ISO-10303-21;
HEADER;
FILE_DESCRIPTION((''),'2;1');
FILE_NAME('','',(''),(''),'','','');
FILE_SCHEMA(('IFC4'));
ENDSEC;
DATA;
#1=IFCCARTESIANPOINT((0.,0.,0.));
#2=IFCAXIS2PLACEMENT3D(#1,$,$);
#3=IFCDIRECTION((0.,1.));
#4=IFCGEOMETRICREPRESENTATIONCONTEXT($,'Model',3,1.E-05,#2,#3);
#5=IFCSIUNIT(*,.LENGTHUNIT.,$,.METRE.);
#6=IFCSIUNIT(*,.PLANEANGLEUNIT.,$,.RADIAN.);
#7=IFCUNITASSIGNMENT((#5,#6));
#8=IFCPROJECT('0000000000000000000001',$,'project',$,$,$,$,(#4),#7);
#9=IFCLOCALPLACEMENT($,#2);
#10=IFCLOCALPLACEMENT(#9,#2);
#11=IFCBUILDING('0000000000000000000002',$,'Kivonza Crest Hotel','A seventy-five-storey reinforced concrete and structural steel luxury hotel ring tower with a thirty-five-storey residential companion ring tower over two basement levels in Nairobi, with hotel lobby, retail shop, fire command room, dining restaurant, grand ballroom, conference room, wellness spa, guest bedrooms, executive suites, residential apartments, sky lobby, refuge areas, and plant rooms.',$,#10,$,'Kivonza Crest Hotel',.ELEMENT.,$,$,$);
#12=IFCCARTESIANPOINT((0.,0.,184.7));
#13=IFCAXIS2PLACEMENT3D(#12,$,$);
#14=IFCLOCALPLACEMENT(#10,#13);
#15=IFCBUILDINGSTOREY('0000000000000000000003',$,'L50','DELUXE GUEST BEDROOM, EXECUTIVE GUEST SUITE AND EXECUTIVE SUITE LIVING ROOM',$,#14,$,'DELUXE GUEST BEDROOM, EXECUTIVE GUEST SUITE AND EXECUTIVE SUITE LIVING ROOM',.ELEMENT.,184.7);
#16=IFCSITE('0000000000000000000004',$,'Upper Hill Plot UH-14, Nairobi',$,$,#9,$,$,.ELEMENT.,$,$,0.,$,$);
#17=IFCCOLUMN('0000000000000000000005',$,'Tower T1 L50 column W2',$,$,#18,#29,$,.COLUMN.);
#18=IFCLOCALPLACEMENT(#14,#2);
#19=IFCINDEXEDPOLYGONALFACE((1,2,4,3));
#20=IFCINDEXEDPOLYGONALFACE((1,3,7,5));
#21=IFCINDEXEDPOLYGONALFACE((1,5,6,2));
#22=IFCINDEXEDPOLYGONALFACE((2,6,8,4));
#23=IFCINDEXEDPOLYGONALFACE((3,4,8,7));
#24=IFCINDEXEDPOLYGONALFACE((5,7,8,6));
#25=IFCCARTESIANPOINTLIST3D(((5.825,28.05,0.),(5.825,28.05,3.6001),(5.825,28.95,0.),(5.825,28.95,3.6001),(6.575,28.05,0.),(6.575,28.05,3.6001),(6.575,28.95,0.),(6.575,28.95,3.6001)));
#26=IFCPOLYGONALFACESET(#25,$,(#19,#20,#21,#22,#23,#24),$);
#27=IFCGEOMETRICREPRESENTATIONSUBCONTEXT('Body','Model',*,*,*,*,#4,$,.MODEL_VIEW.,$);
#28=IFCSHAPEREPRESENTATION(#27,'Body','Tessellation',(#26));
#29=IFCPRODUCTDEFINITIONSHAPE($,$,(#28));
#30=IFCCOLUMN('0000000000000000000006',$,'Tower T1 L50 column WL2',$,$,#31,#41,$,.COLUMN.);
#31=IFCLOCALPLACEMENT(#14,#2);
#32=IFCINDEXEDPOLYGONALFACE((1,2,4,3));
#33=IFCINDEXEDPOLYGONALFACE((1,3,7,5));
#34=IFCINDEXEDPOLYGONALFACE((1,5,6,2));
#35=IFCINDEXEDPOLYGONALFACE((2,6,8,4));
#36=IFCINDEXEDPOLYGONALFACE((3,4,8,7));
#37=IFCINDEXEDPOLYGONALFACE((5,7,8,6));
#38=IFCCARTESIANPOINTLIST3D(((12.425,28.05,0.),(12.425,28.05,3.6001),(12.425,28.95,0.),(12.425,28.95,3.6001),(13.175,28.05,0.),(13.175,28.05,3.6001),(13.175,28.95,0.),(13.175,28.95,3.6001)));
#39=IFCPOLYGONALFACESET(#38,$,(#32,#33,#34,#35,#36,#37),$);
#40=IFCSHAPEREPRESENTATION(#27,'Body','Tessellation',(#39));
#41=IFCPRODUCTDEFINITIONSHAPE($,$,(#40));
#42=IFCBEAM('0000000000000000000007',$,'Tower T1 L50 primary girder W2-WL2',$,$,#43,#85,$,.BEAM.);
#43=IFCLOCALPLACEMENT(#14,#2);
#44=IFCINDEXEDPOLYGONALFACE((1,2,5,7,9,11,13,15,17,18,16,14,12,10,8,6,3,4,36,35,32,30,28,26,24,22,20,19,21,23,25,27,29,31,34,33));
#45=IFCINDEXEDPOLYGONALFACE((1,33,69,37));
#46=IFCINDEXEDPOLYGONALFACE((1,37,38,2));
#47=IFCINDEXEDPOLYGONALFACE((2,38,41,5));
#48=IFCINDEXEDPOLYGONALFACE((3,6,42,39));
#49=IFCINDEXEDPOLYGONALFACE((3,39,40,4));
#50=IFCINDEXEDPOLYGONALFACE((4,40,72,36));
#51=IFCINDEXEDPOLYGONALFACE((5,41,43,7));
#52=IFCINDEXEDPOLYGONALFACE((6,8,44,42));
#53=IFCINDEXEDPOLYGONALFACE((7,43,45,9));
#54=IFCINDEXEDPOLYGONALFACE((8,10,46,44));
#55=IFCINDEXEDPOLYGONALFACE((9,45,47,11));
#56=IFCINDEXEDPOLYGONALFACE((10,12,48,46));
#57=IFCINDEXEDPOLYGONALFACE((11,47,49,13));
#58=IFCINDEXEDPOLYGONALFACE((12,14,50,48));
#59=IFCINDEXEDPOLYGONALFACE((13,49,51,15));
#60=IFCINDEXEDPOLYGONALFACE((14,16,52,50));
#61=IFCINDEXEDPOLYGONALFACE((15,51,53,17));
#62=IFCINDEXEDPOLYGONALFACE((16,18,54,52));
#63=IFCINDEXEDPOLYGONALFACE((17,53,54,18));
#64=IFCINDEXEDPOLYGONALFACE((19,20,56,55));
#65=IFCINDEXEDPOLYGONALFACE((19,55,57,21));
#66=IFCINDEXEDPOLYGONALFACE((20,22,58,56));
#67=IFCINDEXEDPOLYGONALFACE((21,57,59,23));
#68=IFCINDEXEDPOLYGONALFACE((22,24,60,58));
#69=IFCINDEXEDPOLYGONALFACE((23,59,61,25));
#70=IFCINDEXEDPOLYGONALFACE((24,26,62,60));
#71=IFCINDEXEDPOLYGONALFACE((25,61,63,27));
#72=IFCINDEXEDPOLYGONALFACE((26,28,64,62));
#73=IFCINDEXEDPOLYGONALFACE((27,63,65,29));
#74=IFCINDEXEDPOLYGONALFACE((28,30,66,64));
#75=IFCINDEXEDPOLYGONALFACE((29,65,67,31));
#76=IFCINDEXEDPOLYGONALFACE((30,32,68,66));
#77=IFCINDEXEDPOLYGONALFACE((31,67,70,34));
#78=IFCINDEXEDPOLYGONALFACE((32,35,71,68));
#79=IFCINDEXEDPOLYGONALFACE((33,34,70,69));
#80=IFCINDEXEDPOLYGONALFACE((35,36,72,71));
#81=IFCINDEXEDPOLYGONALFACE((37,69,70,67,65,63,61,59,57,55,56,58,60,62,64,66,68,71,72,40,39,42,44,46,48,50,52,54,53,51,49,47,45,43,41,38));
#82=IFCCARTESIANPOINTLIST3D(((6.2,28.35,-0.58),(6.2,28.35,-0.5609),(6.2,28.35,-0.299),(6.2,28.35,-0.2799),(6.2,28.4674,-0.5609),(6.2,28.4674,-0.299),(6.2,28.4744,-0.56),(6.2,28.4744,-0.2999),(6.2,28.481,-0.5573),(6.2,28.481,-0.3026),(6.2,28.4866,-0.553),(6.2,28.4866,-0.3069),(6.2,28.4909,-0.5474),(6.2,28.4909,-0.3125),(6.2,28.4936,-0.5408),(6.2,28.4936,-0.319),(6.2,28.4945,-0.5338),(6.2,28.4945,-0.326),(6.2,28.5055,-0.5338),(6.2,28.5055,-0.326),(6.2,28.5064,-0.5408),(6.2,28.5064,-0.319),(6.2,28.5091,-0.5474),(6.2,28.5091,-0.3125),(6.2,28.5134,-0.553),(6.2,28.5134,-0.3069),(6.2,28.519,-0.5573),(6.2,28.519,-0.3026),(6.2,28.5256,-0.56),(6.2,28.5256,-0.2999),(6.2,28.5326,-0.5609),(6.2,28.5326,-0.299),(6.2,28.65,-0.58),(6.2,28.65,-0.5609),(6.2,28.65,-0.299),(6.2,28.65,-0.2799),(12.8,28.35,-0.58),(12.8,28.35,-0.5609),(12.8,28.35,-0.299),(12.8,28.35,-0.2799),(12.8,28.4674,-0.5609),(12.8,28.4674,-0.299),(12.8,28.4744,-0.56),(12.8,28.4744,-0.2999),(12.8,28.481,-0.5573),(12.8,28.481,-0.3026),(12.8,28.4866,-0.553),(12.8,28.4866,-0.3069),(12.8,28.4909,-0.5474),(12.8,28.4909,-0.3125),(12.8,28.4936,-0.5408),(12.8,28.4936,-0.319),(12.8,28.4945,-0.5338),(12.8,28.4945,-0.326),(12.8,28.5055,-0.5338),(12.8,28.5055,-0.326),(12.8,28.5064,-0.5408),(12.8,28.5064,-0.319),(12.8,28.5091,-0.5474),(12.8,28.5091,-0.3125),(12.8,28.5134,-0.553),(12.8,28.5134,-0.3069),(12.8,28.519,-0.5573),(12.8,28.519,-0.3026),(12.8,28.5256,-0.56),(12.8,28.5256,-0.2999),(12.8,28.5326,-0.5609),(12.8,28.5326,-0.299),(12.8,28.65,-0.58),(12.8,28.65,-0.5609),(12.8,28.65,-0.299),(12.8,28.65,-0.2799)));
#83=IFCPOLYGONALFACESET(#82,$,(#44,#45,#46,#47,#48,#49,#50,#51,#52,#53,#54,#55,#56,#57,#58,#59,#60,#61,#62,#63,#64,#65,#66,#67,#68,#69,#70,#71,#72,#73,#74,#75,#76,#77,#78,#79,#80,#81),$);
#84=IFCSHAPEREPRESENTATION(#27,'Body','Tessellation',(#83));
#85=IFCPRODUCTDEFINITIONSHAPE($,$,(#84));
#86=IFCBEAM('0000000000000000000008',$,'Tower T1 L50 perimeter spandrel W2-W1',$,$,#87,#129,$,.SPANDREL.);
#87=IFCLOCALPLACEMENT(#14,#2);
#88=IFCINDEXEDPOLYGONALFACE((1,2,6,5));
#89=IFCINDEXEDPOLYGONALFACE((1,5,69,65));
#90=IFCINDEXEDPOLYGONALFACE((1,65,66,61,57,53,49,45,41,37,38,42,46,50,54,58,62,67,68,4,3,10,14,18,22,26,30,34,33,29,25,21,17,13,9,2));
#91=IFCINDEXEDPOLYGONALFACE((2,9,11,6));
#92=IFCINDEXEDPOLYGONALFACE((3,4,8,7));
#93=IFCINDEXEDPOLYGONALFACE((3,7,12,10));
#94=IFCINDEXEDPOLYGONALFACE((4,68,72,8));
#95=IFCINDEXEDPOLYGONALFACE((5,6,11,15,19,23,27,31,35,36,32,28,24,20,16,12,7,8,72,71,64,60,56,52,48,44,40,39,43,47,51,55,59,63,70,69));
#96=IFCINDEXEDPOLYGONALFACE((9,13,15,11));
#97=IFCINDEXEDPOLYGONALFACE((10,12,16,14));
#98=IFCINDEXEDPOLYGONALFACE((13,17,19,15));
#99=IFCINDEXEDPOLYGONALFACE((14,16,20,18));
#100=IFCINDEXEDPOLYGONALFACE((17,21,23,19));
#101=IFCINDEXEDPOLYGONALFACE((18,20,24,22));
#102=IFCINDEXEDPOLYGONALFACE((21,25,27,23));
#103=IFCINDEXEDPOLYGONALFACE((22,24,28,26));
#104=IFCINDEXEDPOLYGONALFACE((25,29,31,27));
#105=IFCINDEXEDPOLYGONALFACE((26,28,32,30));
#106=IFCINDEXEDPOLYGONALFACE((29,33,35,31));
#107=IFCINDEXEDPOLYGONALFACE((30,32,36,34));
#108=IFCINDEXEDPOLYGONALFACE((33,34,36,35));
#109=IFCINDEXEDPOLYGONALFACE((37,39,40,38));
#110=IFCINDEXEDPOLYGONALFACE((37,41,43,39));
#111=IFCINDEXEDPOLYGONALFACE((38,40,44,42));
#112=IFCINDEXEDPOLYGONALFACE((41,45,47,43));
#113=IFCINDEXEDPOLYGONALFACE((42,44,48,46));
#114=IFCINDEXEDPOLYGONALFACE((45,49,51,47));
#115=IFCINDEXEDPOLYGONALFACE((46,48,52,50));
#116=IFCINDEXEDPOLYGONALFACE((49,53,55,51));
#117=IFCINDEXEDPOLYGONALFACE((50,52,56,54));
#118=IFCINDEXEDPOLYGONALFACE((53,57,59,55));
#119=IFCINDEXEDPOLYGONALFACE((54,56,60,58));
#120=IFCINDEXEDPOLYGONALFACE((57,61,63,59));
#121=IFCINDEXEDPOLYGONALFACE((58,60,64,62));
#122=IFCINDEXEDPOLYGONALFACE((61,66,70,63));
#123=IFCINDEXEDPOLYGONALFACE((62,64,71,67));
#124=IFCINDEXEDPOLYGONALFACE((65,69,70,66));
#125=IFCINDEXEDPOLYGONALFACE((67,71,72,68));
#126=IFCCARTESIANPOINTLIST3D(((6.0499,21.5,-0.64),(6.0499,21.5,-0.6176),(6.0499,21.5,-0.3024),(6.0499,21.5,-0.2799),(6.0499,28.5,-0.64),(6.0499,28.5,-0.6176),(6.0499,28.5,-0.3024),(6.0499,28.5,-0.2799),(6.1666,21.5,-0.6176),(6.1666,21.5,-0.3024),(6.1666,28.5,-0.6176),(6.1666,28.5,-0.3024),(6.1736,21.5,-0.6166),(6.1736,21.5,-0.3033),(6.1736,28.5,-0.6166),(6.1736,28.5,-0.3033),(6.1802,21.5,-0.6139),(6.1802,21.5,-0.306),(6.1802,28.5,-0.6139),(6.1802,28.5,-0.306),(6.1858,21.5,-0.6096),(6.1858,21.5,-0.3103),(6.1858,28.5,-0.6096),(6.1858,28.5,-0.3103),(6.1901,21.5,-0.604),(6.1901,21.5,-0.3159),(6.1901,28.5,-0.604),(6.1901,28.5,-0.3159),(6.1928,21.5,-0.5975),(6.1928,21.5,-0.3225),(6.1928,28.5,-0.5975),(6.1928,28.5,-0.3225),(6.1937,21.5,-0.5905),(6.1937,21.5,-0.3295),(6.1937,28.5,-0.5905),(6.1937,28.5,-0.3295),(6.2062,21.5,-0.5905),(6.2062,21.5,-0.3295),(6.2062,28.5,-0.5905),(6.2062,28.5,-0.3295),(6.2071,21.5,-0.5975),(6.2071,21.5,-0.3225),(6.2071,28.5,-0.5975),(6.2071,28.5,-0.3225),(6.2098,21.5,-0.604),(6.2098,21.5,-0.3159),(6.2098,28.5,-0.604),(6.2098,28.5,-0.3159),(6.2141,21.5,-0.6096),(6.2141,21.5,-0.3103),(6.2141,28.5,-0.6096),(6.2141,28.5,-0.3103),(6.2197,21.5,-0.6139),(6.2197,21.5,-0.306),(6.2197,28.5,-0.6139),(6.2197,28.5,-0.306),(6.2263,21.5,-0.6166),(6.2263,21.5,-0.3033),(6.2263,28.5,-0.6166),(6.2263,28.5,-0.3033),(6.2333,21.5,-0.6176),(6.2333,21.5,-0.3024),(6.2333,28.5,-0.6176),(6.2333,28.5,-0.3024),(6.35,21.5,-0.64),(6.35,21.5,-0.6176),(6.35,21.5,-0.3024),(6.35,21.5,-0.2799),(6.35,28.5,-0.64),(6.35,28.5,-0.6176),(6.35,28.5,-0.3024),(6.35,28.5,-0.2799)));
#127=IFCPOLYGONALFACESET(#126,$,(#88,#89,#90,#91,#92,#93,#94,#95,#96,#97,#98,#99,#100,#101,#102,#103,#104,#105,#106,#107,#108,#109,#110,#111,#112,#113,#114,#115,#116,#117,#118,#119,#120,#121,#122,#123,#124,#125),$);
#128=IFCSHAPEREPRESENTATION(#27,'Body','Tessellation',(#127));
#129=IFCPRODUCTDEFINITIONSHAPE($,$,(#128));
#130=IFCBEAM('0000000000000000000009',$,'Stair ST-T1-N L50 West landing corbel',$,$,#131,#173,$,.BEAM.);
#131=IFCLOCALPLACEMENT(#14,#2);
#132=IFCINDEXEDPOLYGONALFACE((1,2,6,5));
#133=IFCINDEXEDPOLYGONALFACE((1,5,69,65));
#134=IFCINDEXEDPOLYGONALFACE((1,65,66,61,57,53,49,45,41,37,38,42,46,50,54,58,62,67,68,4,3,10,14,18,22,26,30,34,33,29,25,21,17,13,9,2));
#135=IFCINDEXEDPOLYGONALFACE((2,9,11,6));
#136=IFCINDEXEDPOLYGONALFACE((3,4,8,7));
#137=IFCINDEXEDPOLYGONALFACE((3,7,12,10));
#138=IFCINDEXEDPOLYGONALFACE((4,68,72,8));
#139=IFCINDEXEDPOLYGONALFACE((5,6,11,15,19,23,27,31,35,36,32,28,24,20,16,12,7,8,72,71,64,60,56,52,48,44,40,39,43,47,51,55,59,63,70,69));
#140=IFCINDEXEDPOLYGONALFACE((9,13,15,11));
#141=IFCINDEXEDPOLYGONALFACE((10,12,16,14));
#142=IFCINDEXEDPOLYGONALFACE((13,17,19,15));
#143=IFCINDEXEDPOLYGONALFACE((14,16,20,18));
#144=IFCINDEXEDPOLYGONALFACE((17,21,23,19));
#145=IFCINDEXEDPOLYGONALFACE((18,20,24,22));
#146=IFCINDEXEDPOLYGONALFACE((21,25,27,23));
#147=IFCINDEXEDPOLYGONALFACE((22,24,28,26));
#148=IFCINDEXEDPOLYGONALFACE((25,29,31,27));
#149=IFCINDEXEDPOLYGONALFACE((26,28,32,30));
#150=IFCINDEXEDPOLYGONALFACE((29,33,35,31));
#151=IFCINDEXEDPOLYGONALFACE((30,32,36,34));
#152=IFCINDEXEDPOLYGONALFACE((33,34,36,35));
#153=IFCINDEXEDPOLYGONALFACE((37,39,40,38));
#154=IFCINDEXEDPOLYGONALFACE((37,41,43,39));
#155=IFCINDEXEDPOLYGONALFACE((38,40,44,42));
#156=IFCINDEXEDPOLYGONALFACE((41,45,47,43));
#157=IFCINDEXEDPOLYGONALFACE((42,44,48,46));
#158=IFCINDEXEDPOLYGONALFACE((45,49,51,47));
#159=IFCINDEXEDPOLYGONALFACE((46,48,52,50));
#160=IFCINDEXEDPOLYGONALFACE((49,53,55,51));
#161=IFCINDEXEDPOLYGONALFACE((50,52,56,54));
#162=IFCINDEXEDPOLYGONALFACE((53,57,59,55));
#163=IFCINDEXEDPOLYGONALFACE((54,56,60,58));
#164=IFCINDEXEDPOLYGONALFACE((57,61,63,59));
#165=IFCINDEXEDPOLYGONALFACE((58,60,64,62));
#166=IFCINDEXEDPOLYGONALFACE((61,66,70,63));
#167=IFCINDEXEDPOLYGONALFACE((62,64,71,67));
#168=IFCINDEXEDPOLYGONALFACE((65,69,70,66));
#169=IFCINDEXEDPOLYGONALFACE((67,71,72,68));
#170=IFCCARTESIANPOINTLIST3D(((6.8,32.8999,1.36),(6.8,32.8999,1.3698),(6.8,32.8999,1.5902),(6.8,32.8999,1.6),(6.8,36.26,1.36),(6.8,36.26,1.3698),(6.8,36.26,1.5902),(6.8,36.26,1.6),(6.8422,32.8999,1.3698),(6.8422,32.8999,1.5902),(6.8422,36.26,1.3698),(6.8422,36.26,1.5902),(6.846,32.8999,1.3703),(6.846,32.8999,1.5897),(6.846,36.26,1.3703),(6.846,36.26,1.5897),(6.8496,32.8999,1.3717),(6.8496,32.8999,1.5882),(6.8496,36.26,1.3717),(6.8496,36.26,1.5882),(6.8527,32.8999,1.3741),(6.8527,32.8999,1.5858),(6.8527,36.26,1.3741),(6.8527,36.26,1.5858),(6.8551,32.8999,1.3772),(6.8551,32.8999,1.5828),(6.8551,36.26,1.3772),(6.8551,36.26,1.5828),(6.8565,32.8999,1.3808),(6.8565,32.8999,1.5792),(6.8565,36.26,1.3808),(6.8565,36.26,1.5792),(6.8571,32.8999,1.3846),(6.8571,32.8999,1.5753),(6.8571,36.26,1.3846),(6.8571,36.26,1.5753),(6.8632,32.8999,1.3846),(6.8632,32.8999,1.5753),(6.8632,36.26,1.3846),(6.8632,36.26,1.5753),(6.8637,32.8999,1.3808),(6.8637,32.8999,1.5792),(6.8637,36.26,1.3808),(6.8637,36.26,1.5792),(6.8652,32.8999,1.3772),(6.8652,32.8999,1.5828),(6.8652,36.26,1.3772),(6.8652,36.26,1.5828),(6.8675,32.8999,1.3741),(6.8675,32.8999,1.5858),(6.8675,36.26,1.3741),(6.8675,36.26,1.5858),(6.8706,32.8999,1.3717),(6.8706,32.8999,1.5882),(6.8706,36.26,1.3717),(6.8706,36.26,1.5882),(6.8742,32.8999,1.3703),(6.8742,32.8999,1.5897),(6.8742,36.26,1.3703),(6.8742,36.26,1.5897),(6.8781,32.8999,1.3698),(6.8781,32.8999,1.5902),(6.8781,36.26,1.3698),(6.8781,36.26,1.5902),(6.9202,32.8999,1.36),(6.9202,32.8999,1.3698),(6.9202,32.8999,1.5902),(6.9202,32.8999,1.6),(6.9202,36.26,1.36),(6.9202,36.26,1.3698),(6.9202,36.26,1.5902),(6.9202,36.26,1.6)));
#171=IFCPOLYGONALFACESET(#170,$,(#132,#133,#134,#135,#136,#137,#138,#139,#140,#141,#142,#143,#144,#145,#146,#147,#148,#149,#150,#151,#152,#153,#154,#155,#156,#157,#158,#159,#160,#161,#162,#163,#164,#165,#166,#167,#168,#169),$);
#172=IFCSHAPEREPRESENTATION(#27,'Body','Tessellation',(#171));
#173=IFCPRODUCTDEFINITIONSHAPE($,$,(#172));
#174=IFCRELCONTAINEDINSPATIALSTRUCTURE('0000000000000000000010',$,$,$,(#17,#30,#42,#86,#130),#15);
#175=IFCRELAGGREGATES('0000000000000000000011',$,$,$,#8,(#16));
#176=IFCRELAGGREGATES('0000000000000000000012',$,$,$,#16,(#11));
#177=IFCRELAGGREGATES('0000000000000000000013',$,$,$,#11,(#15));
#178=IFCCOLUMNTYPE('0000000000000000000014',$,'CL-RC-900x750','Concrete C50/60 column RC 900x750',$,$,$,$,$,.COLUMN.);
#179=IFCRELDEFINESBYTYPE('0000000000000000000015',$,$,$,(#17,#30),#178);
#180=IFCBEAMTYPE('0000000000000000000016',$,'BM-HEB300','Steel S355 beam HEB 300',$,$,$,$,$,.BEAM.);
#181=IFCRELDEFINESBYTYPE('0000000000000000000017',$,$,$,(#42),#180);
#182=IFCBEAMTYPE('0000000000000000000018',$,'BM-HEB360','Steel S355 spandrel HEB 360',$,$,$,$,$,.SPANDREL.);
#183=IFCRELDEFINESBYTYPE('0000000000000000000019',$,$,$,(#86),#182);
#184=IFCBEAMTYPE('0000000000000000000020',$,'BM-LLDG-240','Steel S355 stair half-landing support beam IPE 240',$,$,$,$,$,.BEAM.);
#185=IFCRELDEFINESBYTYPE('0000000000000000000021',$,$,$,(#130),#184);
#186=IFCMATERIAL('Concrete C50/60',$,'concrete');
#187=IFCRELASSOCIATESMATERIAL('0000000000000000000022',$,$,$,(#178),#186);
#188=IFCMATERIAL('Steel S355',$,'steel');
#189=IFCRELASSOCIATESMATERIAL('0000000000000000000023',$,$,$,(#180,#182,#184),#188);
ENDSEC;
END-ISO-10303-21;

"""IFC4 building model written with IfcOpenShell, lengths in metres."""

from ifc_helpers import new_model, si_unit, direction, frame, origin, origin_2d, place, context, subcontext, project, spatial, rectangle, i_section, extrude, material, material_profile, profile_set, type_object, element, save


model = new_model("IFC4")

# Units and contexts
model_context = context("Model", 3, precision=1e-05, world=origin(), true_north=direction((0.0, 1.0)))
body_context = subcontext(model_context, "Body", "Model", "MODEL_VIEW")
ifc_project = project(units=[si_unit("LENGTHUNIT", "METRE"), si_unit("PLANEANGLEUNIT", "RADIAN")], contexts=[model_context])

# Site, building, storey
site_placement = place(None, origin())
site = spatial("IfcSite", under=ifc_project, at=site_placement, Name="Upper Hill Plot UH-14, Nairobi", CompositionType="ELEMENT", RefElevation=0.0)
building_placement = place(site_placement, origin())
building = spatial("IfcBuilding", under=site, at=building_placement, Name="Kivonza Crest Hotel", Description="A seventy-five-storey reinforced concrete and structural steel luxury hotel ring tower with a thirty-five-storey residential companion ring tower over two basement levels in Nairobi, with hotel lobby, retail shop, fire command room, dining restaurant, grand ballroom, conference room, wellness spa, guest bedrooms, executive suites, residential apartments, sky lobby, refuge areas, and plant rooms.", LongName="Kivonza Crest Hotel", CompositionType="ELEMENT")
storey_placement = place(building_placement, frame((0.0, 0.0, 184.7)))
storey = spatial("IfcBuildingStorey", under=building, at=storey_placement, Name="L50", Description="DELUXE GUEST BEDROOM, EXECUTIVE GUEST SUITE AND EXECUTIVE SUITE LIVING ROOM", LongName="DELUXE GUEST BEDROOM, EXECUTIVE GUEST SUITE AND EXECUTIVE SUITE LIVING ROOM", CompositionType="ELEMENT", Elevation=184.7)

# Columns
ifc_material_1 = material(Name="Concrete C50/60", Category="concrete")
ifc_material_profile_1 = material_profile(ifc_material_1, rectangle(XDim=0.75, YDim=0.8999, at=origin_2d()), Name="RC 900x750")
ifc_profile_set_1 = profile_set([ifc_material_profile_1], Name="Concrete C50/60")
column_type = type_object("IfcColumnType", Name="CL-RC-900x750", Description="Concrete C50/60 column RC 900x750", PredefinedType="COLUMN", material=ifc_profile_set_1)
for number, where, z_axis, x_axis, name in (
    (1, (6.2, 28.5, 0.0), (0.0, 0.0, 1.0), (1.0, 0.0, 0.0), "Tower T1 L50 column W2"),
    (2, (12.8, 28.5, 0.0), (0.0, 0.0, 1.0), (1.0, 0.0, 0.0), "Tower T1 L50 column WL2"),
):
    element("IfcColumn", number, at=place(storey_placement, frame(where, z_axis=z_axis, x_axis=x_axis)), inside=storey, type_object=column_type, Name=name, PredefinedType="COLUMN", context=body_context, shape_type="SweptSolid", body=[
        extrude(rectangle(XDim=0.75, YDim=0.8999, at=origin_2d()), origin(), (0.0, 0.0, 1.0), 3.6001),
    ])

# Beams
ifc_material_2 = material(Name="Steel S355", Category="steel")
ifc_material_profile_2 = material_profile(ifc_material_2, i_section(OverallWidth=0.3, OverallDepth=0.3, WebThickness=0.011, FlangeThickness=0.019, FilletRadius=0.0271, at=origin_2d()), Name="HEB 300")
ifc_profile_set_2 = profile_set([ifc_material_profile_2], Name="Steel S355")
beam_type_1 = type_object("IfcBeamType", Name="BM-HEB300", Description="Steel S355 beam HEB 300", PredefinedType="BEAM", material=ifc_profile_set_2)
beam_1_placement = place(storey_placement, frame((6.2, 28.5, -0.4299), z_axis=(1.0, 0.0, 0.0), x_axis=(0.0, 1.0, 0.0)))
element("IfcBeam", 3, at=beam_1_placement, inside=storey, type_object=beam_type_1, Name="Tower T1 L50 primary girder W2-WL2", PredefinedType="BEAM", context=body_context, shape_type="SweptSolid", body=[
    extrude(i_section(OverallWidth=0.3, OverallDepth=0.3, WebThickness=0.011, FlangeThickness=0.019, FilletRadius=0.0271, at=origin_2d()), origin(), (0.0, 0.0, 1.0), 6.6001),
])
ifc_material_profile_3 = material_profile(ifc_material_2, i_section(OverallWidth=0.3, OverallDepth=0.3601, WebThickness=0.0125, FlangeThickness=0.0225, FilletRadius=0.0271, at=origin_2d()), Name="HEB 360")
ifc_profile_set_3 = profile_set([ifc_material_profile_3], Name="Steel S355")
beam_type_2 = type_object("IfcBeamType", Name="BM-HEB360", Description="Steel S355 spandrel HEB 360", PredefinedType="SPANDREL", material=ifc_profile_set_3)
beam_2_placement = place(storey_placement, frame((6.2, 28.5, -0.46), z_axis=(0.0, -1.0, 0.0), x_axis=(1.0, 0.0, 0.0)))
element("IfcBeam", 4, at=beam_2_placement, inside=storey, type_object=beam_type_2, Name="Tower T1 L50 perimeter spandrel W2-W1", PredefinedType="SPANDREL", context=body_context, shape_type="SweptSolid", body=[
    extrude(i_section(OverallWidth=0.3, OverallDepth=0.3601, WebThickness=0.0125, FlangeThickness=0.0225, FilletRadius=0.0271, at=origin_2d()), origin(), (0.0, 0.0, 1.0), 7.0),
])
ifc_material_profile_4 = material_profile(ifc_material_2, i_section(OverallWidth=0.1201, OverallDepth=0.24, WebThickness=0.0061, FlangeThickness=0.0098, FilletRadius=0.0149, at=origin_2d()), Name="IPE 240")
ifc_profile_set_4 = profile_set([ifc_material_profile_4], Name="Steel S355")
beam_type_3 = type_object("IfcBeamType", Name="BM-LLDG-240", Description="Steel S355 stair half-landing support beam IPE 240", PredefinedType="BEAM", material=ifc_profile_set_4)
beam_3_placement = place(storey_placement, frame((6.8601, 32.8999, 1.48), z_axis=(0.0, 1.0, 0.0), x_axis=(-1.0, 0.0, 0.0)))
element("IfcBeam", 5, at=beam_3_placement, inside=storey, type_object=beam_type_3, Name="Stair ST-T1-N L50 West landing corbel", PredefinedType="BEAM", context=body_context, shape_type="SweptSolid", body=[
    extrude(i_section(OverallWidth=0.1201, OverallDepth=0.24, WebThickness=0.0061, FlangeThickness=0.0098, FilletRadius=0.0149, at=origin_2d()), origin(), (0.0, 0.0, 1.0), 3.3601),
])

save(model, "model.ifc")
